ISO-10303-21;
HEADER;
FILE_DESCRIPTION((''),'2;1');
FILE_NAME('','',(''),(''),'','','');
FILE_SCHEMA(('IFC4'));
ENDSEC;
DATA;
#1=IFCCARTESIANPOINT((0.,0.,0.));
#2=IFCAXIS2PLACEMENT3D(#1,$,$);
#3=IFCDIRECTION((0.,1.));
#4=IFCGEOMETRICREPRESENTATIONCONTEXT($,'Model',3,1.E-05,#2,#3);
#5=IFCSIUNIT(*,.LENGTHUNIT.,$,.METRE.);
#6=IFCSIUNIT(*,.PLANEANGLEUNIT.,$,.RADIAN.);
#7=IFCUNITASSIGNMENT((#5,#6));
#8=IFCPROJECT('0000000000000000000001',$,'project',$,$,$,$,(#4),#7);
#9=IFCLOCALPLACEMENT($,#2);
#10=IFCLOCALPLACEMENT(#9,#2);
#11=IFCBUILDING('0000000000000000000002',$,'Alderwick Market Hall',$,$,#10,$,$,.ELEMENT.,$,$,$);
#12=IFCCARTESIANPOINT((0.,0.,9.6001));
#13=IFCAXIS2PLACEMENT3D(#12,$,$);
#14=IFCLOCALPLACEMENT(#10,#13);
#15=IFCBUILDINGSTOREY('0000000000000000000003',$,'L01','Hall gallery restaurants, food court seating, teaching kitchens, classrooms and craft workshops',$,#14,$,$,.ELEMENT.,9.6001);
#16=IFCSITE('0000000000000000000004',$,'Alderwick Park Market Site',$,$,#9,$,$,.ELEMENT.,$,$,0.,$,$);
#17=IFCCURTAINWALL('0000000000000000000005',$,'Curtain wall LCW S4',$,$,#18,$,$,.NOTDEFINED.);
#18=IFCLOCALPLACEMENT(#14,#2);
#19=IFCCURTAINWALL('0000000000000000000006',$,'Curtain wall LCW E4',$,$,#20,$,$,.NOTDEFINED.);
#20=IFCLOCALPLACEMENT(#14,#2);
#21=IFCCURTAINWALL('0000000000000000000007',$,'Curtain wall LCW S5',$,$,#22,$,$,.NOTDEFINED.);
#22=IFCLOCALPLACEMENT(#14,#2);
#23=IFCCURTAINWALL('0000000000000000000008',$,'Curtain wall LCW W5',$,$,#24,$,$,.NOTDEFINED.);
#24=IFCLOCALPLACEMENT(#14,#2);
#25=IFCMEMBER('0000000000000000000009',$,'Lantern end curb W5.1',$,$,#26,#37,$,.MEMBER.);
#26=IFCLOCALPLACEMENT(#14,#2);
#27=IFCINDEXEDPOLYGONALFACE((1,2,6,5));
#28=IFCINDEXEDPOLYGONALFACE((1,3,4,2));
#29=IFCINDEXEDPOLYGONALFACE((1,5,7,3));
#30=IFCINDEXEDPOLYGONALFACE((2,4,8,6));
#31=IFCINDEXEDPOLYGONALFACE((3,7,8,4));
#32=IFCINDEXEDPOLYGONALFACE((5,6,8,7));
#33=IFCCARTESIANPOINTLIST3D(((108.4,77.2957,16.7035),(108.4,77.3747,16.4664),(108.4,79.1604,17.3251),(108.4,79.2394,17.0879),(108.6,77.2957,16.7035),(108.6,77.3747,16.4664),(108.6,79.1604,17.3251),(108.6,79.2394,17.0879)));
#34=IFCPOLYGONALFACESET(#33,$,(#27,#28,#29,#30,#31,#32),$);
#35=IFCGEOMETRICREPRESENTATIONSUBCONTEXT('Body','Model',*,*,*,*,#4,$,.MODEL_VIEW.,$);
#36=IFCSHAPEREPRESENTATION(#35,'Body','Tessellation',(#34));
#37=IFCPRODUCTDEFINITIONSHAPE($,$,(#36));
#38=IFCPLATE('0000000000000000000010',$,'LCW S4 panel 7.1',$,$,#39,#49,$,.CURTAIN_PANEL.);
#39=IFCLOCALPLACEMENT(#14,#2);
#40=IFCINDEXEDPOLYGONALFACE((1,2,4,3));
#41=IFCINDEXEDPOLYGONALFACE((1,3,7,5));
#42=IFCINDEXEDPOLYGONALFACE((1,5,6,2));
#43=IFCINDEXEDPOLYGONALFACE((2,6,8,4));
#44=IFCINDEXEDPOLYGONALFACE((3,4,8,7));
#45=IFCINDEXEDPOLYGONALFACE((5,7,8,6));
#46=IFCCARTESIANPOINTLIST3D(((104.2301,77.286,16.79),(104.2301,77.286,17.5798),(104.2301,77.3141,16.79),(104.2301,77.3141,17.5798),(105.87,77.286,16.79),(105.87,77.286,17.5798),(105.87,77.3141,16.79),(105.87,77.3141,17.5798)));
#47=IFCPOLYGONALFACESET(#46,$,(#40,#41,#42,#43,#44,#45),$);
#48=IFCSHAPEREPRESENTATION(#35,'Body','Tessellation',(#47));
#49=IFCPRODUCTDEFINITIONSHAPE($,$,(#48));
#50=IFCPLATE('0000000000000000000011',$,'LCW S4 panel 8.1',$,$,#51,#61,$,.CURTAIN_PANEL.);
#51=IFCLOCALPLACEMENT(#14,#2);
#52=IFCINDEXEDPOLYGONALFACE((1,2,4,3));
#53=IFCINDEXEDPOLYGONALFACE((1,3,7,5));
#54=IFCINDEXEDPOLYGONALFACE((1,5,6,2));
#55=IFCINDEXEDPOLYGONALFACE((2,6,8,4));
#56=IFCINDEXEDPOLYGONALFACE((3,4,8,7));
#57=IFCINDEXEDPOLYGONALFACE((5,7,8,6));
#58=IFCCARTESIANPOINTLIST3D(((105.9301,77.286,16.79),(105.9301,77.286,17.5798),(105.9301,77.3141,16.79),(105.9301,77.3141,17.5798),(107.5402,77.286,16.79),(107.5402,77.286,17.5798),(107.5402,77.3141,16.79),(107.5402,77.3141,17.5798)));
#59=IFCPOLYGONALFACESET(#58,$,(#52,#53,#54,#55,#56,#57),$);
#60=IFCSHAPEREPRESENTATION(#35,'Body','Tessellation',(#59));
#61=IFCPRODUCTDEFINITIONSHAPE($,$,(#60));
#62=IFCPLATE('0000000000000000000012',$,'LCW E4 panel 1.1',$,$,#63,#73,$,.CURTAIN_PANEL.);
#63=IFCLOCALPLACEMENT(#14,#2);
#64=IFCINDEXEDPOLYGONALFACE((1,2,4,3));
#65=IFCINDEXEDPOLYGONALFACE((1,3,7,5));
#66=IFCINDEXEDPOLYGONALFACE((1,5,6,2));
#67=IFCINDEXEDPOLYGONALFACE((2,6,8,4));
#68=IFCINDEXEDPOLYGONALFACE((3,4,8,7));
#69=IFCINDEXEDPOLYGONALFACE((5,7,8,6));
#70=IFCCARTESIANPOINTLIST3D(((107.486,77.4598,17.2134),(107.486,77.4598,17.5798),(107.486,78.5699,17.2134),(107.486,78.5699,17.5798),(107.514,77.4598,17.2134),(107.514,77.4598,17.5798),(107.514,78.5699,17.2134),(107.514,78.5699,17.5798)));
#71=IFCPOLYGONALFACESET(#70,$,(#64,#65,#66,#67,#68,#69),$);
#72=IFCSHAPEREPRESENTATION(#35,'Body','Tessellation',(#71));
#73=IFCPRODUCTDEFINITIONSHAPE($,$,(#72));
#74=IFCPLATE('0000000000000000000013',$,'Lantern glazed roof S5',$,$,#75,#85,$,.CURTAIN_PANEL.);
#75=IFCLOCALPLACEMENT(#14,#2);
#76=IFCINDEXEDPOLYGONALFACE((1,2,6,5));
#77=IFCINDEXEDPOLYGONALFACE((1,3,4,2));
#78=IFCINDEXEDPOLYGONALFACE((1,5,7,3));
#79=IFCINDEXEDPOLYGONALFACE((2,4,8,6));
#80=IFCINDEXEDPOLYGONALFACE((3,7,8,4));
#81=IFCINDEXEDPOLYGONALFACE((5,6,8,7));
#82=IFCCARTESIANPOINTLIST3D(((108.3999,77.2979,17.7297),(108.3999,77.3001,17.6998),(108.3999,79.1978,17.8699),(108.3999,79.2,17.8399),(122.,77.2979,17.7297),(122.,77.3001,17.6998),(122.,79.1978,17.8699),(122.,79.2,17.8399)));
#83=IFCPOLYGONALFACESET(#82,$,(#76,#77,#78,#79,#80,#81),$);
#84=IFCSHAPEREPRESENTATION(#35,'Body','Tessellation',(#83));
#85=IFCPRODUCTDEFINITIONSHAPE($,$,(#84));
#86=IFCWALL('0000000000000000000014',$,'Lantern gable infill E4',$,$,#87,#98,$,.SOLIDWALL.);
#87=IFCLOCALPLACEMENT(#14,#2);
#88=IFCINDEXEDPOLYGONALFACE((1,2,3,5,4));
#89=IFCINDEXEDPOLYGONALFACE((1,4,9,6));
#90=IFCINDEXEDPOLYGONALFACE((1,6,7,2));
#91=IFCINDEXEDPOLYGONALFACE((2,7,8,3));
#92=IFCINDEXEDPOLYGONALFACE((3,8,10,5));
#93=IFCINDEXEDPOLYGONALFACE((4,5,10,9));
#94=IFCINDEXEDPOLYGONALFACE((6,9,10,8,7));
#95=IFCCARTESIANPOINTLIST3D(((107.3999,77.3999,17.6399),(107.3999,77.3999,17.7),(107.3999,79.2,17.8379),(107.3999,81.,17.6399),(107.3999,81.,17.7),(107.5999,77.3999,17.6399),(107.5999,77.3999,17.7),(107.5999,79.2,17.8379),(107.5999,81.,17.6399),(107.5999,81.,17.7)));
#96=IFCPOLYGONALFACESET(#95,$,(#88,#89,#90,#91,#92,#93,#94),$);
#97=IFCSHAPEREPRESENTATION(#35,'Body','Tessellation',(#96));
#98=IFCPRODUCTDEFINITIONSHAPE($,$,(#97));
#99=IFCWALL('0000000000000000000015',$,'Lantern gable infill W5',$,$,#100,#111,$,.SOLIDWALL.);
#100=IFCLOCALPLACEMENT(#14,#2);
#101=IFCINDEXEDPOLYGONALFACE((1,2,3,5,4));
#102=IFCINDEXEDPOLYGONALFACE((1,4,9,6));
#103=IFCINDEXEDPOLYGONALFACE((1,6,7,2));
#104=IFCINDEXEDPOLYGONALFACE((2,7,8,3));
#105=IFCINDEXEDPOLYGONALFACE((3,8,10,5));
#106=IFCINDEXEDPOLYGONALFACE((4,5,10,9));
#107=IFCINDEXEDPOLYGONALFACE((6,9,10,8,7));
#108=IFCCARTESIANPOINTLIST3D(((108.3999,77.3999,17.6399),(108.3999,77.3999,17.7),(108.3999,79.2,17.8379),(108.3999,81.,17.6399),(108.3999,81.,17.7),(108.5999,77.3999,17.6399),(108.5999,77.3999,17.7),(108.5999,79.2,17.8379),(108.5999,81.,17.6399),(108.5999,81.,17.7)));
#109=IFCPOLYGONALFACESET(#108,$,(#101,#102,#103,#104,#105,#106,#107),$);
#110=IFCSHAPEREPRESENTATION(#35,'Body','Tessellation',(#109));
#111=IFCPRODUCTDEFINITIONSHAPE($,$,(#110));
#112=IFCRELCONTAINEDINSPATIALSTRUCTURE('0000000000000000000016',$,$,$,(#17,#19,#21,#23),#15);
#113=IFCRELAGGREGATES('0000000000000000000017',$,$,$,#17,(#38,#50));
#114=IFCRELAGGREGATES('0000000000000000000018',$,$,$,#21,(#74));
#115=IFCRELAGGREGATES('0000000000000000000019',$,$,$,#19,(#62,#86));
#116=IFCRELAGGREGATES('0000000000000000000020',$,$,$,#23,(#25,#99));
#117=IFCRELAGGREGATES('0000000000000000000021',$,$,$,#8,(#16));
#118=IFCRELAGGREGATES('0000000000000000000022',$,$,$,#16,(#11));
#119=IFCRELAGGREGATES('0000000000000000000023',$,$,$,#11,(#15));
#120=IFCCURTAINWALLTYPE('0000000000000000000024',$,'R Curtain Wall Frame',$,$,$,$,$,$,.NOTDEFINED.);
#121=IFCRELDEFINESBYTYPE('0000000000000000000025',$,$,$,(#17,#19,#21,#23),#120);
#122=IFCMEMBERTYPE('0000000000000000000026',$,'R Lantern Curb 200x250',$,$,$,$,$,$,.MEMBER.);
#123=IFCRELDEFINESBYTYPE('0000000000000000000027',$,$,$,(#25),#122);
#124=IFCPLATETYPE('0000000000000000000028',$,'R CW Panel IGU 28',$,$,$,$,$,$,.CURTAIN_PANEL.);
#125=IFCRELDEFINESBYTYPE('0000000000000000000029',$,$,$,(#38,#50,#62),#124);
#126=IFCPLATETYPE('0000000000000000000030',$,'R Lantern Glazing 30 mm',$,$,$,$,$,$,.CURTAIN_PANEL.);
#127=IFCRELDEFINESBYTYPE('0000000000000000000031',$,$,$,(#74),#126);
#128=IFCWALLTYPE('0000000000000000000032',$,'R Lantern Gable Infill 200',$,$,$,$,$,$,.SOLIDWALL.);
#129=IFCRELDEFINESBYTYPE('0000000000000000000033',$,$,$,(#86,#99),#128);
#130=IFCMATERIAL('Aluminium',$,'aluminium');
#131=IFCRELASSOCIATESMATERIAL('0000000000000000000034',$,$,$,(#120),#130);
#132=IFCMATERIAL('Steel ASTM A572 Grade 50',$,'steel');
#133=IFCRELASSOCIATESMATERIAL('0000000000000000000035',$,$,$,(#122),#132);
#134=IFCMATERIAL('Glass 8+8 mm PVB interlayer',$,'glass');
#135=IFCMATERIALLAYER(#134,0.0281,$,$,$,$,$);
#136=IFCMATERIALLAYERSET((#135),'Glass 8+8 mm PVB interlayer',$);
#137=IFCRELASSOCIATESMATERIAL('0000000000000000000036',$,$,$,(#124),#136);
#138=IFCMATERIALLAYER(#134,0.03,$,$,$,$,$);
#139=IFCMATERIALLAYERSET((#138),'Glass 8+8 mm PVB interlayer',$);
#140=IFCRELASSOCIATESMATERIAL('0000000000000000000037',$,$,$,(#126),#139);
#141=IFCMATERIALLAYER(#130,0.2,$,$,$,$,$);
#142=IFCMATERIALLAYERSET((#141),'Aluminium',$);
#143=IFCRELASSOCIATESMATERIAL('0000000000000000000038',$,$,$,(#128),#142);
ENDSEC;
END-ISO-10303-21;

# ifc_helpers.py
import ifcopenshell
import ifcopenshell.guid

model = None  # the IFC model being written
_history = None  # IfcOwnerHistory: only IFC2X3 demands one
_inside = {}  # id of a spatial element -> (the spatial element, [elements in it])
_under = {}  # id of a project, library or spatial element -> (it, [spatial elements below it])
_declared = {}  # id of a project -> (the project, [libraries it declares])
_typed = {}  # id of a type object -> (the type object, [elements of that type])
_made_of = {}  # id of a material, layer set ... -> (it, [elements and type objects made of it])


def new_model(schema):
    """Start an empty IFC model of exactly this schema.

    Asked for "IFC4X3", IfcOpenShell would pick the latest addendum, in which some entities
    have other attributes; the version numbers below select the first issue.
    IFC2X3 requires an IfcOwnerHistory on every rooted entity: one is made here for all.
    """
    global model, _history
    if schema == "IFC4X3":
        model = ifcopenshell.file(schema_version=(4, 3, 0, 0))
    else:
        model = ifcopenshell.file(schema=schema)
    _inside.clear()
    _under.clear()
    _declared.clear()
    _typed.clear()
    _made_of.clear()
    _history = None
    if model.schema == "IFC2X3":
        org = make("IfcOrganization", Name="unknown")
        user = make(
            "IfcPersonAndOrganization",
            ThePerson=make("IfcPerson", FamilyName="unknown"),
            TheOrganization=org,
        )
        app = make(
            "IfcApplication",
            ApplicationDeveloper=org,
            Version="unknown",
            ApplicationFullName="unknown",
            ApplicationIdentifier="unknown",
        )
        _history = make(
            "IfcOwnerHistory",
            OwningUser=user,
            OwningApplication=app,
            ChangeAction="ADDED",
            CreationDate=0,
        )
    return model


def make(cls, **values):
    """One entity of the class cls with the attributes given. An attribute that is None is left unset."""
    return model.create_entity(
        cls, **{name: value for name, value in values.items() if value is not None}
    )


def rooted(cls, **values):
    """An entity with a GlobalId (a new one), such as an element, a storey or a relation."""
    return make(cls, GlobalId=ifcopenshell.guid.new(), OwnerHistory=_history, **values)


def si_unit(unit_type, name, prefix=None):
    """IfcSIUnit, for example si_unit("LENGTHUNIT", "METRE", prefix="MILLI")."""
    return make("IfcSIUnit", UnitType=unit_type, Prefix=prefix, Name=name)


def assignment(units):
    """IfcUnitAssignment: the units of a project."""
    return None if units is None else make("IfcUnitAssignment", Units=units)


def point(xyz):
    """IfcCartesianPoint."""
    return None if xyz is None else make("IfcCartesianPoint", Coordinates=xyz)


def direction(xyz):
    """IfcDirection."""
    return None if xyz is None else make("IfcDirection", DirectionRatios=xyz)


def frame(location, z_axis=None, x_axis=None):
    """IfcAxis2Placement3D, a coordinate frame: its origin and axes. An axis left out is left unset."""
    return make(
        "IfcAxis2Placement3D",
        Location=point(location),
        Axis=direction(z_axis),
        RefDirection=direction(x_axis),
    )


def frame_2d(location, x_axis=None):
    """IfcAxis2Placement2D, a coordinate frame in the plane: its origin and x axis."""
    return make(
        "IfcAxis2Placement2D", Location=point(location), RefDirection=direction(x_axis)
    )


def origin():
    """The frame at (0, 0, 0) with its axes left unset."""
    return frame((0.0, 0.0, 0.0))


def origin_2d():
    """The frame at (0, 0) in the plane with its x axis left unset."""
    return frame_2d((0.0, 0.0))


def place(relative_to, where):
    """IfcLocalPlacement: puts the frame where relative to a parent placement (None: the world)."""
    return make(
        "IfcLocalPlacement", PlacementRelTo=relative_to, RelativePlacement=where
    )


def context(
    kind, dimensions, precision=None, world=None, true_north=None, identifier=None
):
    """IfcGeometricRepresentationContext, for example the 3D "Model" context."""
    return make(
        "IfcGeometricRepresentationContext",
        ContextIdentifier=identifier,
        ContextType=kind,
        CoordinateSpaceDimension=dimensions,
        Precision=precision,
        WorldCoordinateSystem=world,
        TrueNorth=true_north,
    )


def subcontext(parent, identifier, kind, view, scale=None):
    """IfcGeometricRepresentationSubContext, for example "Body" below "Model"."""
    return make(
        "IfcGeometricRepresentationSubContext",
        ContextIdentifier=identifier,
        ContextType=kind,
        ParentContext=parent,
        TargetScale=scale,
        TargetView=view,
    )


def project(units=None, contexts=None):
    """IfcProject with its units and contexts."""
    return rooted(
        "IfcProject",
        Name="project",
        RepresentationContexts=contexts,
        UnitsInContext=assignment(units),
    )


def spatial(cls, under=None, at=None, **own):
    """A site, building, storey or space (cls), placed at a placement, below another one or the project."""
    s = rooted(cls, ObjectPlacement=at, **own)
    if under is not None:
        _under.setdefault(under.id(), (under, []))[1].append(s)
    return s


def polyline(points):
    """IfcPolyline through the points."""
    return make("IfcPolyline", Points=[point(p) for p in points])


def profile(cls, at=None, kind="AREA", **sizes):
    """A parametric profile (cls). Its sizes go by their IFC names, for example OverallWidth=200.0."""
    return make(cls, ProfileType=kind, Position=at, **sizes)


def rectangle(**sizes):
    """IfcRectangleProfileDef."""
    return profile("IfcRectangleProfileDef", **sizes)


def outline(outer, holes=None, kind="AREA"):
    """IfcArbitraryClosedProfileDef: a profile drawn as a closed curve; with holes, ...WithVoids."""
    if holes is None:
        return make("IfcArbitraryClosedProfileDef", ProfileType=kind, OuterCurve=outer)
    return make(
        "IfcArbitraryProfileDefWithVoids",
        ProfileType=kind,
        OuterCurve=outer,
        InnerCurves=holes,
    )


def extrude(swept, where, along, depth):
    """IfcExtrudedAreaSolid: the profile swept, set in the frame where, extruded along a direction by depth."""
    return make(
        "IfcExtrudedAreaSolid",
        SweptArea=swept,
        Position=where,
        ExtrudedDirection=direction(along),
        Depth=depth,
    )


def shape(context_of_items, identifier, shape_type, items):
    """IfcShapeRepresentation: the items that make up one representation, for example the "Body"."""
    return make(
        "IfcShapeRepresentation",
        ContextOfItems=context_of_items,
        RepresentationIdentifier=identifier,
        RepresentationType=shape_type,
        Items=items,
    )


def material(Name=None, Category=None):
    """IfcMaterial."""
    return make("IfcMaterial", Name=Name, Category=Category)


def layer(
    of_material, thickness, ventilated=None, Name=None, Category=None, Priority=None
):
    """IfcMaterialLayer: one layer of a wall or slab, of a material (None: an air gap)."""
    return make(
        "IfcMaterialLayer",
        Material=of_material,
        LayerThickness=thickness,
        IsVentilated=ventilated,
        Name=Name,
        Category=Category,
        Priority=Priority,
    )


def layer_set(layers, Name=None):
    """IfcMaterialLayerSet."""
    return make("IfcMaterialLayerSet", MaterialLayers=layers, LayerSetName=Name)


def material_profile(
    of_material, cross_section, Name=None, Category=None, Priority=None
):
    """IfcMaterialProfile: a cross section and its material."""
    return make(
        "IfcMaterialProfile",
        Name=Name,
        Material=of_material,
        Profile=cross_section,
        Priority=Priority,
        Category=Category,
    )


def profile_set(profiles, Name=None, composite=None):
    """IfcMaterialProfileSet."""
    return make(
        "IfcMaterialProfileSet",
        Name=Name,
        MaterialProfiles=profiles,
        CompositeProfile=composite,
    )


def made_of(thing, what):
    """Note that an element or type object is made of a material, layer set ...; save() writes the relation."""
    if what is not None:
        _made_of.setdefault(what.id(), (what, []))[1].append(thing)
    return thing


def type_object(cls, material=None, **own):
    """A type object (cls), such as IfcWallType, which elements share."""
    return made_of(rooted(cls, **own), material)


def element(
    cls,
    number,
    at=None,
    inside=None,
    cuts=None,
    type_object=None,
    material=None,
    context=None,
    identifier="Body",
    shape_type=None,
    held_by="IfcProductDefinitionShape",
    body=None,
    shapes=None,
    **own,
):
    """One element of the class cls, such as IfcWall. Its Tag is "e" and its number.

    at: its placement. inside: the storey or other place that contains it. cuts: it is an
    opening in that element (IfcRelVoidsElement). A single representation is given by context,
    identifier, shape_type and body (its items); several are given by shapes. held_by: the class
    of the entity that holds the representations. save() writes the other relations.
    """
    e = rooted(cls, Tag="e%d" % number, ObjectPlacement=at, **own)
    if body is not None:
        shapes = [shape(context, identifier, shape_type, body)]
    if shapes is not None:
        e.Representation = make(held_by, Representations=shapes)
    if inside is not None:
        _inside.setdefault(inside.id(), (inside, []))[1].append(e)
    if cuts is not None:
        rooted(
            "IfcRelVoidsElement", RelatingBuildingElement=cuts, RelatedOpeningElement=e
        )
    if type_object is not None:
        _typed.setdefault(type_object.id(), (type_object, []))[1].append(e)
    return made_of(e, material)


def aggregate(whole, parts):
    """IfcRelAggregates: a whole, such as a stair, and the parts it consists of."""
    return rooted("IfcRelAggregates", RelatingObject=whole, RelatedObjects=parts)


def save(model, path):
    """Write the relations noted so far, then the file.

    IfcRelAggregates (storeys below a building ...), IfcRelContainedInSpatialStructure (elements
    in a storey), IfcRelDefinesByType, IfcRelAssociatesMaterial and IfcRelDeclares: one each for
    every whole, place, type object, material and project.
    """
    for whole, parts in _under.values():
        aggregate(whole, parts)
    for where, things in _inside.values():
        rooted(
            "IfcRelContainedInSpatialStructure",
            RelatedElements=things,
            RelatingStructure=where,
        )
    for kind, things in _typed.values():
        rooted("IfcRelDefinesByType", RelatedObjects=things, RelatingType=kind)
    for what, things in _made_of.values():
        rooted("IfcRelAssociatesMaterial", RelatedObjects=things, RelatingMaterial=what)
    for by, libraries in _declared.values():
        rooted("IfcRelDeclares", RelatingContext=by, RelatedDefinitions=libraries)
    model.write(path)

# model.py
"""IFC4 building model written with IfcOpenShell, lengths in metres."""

from ifc_helpers import new_model, si_unit, direction, frame, origin, origin_2d, place, context, subcontext, project, spatial, polyline, rectangle, outline, extrude, material, layer, layer_set, material_profile, profile_set, type_object, element, aggregate, save


model = new_model("IFC4")

# Units and contexts
model_context = context("Model", 3, precision=1e-05, world=origin(), true_north=direction((0.0, 1.0)))
body_context = subcontext(model_context, "Body", "Model", "MODEL_VIEW")
ifc_project = project(units=[si_unit("LENGTHUNIT", "METRE"), si_unit("PLANEANGLEUNIT", "RADIAN")], contexts=[model_context])

# Site, building, storey
site_placement = place(None, origin())
site = spatial("IfcSite", under=ifc_project, at=site_placement, Name="Alderwick Park Market Site", CompositionType="ELEMENT", RefElevation=0.0)
building_placement = place(site_placement, origin())
building = spatial("IfcBuilding", under=site, at=building_placement, Name="Alderwick Market Hall", CompositionType="ELEMENT")
storey_placement = place(building_placement, frame((0.0, 0.0, 9.6001)))
storey = spatial("IfcBuildingStorey", under=building, at=storey_placement, Name="L01", Description="Hall gallery restaurants, food court seating, teaching kitchens, classrooms and craft workshops", CompositionType="ELEMENT", Elevation=9.6001)

# Curtain wall
ifc_material_1 = material(Name="Aluminium", Category="aluminium")
curtain_wall_type = type_object("IfcCurtainWallType", Name="R Curtain Wall Frame", PredefinedType="NOTDEFINED", material=ifc_material_1)
curtain_wall_1_placement = place(storey_placement, origin())
curtain_wall_1 = element("IfcCurtainWall", 1, at=curtain_wall_1_placement, inside=storey, type_object=curtain_wall_type, Name="Curtain wall LCW S4", PredefinedType="NOTDEFINED")

# Curtain walls
curtain_wall_2_placement = place(storey_placement, origin())
curtain_wall_2 = element("IfcCurtainWall", 2, at=curtain_wall_2_placement, inside=storey, type_object=curtain_wall_type, Name="Curtain wall LCW E4", PredefinedType="NOTDEFINED")
curtain_wall_3_placement = place(storey_placement, origin())
curtain_wall_3 = element("IfcCurtainWall", 3, at=curtain_wall_3_placement, inside=storey, type_object=curtain_wall_type, Name="Curtain wall LCW S5", PredefinedType="NOTDEFINED")
curtain_wall_4_placement = place(storey_placement, origin())
curtain_wall_4 = element("IfcCurtainWall", 4, at=curtain_wall_4_placement, inside=storey, type_object=curtain_wall_type, Name="Curtain wall LCW W5", PredefinedType="NOTDEFINED")

# Member
ifc_material_2 = material(Name="Steel ASTM A572 Grade 50", Category="steel")
ifc_material_profile_1 = material_profile(ifc_material_2, rectangle(XDim=0.2, YDim=0.25, at=origin_2d()), Name="Steel plate curb 200x250")
ifc_profile_set_1 = profile_set([ifc_material_profile_1], Name="Steel ASTM A572 Grade 50")
member_type_1 = type_object("IfcMemberType", Name="R Lantern Curb 200x250", PredefinedType="MEMBER", material=ifc_profile_set_1)
member_1_placement = place(storey_placement, frame((108.5, 77.3352, 16.585), z_axis=(0.0, 0.948683, 0.316228), x_axis=(-1.0, 0.0, 0.0)))
member_1 = element("IfcMember", 5, at=member_1_placement, type_object=member_type_1, Name="Lantern end curb W5.1", PredefinedType="MEMBER", context=body_context, shape_type="SweptSolid", body=[
    extrude(rectangle(XDim=0.2, YDim=0.25, at=origin_2d()), origin(), (0.0, 0.0, 1.0), 1.9656),
])

# Plates
ifc_material_3 = material(Name="Glass 8+8 mm PVB interlayer", Category="glass")
ifc_layer_1 = layer(ifc_material_3, 0.0281)
ifc_layer_set_1 = layer_set([ifc_layer_1], Name="Glass 8+8 mm PVB interlayer")
plate_type_1 = type_object("IfcPlateType", Name="R CW Panel IGU 28", PredefinedType="CURTAIN_PANEL", material=ifc_layer_set_1)
plate_1_placement = place(storey_placement, frame((105.05, 77.3, 16.79), z_axis=(0.0, 0.0, 1.0), x_axis=(1.0, 0.0, 0.0)))
plate_1 = element("IfcPlate", 6, at=plate_1_placement, type_object=plate_type_1, Name="LCW S4 panel 7.1", PredefinedType="CURTAIN_PANEL", context=body_context, shape_type="SweptSolid", body=[
    extrude(rectangle(XDim=1.6399, YDim=0.0281, at=origin_2d()), origin(), (0.0, 0.0, 1.0), 0.7898),
])
plate_2_placement = place(storey_placement, frame((106.7351, 77.3, 16.79), z_axis=(0.0, 0.0, 1.0), x_axis=(1.0, 0.0, 0.0)))
plate_2 = element("IfcPlate", 7, at=plate_2_placement, type_object=plate_type_1, Name="LCW S4 panel 8.1", PredefinedType="CURTAIN_PANEL", context=body_context, shape_type="SweptSolid", body=[
    extrude(rectangle(XDim=1.6101, YDim=0.0281, at=origin_2d()), origin(), (0.0, 0.0, 1.0), 0.7898),
])
aggregate(curtain_wall_1, [plate_1, plate_2])
plate_3_placement = place(storey_placement, frame((107.5, 78.0149, 17.2134), z_axis=(0.0, 0.0, 1.0), x_axis=(1.0, 0.0, 0.0)))
plate_3 = element("IfcPlate", 8, at=plate_3_placement, type_object=plate_type_1, Name="LCW E4 panel 1.1", PredefinedType="CURTAIN_PANEL", context=body_context, shape_type="SweptSolid", body=[
    extrude(rectangle(XDim=0.0281, YDim=1.1101, at=origin_2d()), origin(), (0.0, 0.0, 1.0), 0.3665),
])
ifc_layer_2 = layer(ifc_material_3, 0.03)
ifc_layer_set_2 = layer_set([ifc_layer_2], Name="Glass 8+8 mm PVB interlayer")
plate_type_2 = type_object("IfcPlateType", Name="R Lantern Glazing 30 mm", PredefinedType="CURTAIN_PANEL", material=ifc_layer_set_2)
plate_4_placement = place(storey_placement, frame((108.3999, 77.2979, 17.7297), z_axis=(0.0, -0.07356, 0.997291), x_axis=(1.0, 0.0, 0.0)))
plate_4 = element("IfcPlate", 9, at=plate_4_placement, type_object=plate_type_2, Name="Lantern glazed roof S5", PredefinedType="CURTAIN_PANEL", context=body_context, shape_type="SweptSolid", body=[
    extrude(outline(polyline([(0.0, 0.0), (13.6001, 0.0), (13.6001, 1.9051), (0.0, 1.9051), (0.0, 0.0)])), origin(), (0.0, 0.0, -1.0), 0.03),
])
aggregate(curtain_wall_3, [plate_4])

# Walls
ifc_layer_3 = layer(ifc_material_1, 0.2)
ifc_layer_set_3 = layer_set([ifc_layer_3], Name="Aluminium")
wall_type = type_object("IfcWallType", Name="R Lantern Gable Infill 200", PredefinedType="SOLIDWALL", material=ifc_layer_set_3)
wall_1_placement = place(storey_placement, frame((107.5, 77.3999, 17.6399), z_axis=(0.0, 0.0, 1.0), x_axis=(0.0, 1.0, 0.0)))
wall_1 = element("IfcWall", 10, at=wall_1_placement, type_object=wall_type, Name="Lantern gable infill E4", PredefinedType="SOLIDWALL", context=body_context, shape_type="SweptSolid", body=[
    extrude(outline(polyline([(0.0, 0.0), (3.6001, 0.0), (3.6001, 0.0601), (1.8, 0.198), (0.0, 0.0601), (0.0, 0.0)])), frame((0.0, 0.1001, 0.0), z_axis=(0.0, -1.0, 0.0), x_axis=(1.0, 0.0, 0.0)), (0.0, 0.0, 1.0), 0.2),
])
aggregate(curtain_wall_2, [plate_3, wall_1])
wall_2_placement = place(storey_placement, frame((108.5, 77.3999, 17.6399), z_axis=(0.0, 0.0, 1.0), x_axis=(0.0, 1.0, 0.0)))
wall_2 = element("IfcWall", 11, at=wall_2_placement, type_object=wall_type, Name="Lantern gable infill W5", PredefinedType="SOLIDWALL", context=body_context, shape_type="SweptSolid", body=[
    extrude(outline(polyline([(0.0, 0.0), (3.6001, 0.0), (3.6001, 0.0601), (1.8, 0.198), (0.0, 0.0601), (0.0, 0.0)])), frame((0.0, 0.1001, 0.0), z_axis=(0.0, -1.0, 0.0), x_axis=(1.0, 0.0, 0.0)), (0.0, 0.0, 1.0), 0.2),
])
aggregate(curtain_wall_4, [member_1, wall_2])

save(model, "model.ifc")
